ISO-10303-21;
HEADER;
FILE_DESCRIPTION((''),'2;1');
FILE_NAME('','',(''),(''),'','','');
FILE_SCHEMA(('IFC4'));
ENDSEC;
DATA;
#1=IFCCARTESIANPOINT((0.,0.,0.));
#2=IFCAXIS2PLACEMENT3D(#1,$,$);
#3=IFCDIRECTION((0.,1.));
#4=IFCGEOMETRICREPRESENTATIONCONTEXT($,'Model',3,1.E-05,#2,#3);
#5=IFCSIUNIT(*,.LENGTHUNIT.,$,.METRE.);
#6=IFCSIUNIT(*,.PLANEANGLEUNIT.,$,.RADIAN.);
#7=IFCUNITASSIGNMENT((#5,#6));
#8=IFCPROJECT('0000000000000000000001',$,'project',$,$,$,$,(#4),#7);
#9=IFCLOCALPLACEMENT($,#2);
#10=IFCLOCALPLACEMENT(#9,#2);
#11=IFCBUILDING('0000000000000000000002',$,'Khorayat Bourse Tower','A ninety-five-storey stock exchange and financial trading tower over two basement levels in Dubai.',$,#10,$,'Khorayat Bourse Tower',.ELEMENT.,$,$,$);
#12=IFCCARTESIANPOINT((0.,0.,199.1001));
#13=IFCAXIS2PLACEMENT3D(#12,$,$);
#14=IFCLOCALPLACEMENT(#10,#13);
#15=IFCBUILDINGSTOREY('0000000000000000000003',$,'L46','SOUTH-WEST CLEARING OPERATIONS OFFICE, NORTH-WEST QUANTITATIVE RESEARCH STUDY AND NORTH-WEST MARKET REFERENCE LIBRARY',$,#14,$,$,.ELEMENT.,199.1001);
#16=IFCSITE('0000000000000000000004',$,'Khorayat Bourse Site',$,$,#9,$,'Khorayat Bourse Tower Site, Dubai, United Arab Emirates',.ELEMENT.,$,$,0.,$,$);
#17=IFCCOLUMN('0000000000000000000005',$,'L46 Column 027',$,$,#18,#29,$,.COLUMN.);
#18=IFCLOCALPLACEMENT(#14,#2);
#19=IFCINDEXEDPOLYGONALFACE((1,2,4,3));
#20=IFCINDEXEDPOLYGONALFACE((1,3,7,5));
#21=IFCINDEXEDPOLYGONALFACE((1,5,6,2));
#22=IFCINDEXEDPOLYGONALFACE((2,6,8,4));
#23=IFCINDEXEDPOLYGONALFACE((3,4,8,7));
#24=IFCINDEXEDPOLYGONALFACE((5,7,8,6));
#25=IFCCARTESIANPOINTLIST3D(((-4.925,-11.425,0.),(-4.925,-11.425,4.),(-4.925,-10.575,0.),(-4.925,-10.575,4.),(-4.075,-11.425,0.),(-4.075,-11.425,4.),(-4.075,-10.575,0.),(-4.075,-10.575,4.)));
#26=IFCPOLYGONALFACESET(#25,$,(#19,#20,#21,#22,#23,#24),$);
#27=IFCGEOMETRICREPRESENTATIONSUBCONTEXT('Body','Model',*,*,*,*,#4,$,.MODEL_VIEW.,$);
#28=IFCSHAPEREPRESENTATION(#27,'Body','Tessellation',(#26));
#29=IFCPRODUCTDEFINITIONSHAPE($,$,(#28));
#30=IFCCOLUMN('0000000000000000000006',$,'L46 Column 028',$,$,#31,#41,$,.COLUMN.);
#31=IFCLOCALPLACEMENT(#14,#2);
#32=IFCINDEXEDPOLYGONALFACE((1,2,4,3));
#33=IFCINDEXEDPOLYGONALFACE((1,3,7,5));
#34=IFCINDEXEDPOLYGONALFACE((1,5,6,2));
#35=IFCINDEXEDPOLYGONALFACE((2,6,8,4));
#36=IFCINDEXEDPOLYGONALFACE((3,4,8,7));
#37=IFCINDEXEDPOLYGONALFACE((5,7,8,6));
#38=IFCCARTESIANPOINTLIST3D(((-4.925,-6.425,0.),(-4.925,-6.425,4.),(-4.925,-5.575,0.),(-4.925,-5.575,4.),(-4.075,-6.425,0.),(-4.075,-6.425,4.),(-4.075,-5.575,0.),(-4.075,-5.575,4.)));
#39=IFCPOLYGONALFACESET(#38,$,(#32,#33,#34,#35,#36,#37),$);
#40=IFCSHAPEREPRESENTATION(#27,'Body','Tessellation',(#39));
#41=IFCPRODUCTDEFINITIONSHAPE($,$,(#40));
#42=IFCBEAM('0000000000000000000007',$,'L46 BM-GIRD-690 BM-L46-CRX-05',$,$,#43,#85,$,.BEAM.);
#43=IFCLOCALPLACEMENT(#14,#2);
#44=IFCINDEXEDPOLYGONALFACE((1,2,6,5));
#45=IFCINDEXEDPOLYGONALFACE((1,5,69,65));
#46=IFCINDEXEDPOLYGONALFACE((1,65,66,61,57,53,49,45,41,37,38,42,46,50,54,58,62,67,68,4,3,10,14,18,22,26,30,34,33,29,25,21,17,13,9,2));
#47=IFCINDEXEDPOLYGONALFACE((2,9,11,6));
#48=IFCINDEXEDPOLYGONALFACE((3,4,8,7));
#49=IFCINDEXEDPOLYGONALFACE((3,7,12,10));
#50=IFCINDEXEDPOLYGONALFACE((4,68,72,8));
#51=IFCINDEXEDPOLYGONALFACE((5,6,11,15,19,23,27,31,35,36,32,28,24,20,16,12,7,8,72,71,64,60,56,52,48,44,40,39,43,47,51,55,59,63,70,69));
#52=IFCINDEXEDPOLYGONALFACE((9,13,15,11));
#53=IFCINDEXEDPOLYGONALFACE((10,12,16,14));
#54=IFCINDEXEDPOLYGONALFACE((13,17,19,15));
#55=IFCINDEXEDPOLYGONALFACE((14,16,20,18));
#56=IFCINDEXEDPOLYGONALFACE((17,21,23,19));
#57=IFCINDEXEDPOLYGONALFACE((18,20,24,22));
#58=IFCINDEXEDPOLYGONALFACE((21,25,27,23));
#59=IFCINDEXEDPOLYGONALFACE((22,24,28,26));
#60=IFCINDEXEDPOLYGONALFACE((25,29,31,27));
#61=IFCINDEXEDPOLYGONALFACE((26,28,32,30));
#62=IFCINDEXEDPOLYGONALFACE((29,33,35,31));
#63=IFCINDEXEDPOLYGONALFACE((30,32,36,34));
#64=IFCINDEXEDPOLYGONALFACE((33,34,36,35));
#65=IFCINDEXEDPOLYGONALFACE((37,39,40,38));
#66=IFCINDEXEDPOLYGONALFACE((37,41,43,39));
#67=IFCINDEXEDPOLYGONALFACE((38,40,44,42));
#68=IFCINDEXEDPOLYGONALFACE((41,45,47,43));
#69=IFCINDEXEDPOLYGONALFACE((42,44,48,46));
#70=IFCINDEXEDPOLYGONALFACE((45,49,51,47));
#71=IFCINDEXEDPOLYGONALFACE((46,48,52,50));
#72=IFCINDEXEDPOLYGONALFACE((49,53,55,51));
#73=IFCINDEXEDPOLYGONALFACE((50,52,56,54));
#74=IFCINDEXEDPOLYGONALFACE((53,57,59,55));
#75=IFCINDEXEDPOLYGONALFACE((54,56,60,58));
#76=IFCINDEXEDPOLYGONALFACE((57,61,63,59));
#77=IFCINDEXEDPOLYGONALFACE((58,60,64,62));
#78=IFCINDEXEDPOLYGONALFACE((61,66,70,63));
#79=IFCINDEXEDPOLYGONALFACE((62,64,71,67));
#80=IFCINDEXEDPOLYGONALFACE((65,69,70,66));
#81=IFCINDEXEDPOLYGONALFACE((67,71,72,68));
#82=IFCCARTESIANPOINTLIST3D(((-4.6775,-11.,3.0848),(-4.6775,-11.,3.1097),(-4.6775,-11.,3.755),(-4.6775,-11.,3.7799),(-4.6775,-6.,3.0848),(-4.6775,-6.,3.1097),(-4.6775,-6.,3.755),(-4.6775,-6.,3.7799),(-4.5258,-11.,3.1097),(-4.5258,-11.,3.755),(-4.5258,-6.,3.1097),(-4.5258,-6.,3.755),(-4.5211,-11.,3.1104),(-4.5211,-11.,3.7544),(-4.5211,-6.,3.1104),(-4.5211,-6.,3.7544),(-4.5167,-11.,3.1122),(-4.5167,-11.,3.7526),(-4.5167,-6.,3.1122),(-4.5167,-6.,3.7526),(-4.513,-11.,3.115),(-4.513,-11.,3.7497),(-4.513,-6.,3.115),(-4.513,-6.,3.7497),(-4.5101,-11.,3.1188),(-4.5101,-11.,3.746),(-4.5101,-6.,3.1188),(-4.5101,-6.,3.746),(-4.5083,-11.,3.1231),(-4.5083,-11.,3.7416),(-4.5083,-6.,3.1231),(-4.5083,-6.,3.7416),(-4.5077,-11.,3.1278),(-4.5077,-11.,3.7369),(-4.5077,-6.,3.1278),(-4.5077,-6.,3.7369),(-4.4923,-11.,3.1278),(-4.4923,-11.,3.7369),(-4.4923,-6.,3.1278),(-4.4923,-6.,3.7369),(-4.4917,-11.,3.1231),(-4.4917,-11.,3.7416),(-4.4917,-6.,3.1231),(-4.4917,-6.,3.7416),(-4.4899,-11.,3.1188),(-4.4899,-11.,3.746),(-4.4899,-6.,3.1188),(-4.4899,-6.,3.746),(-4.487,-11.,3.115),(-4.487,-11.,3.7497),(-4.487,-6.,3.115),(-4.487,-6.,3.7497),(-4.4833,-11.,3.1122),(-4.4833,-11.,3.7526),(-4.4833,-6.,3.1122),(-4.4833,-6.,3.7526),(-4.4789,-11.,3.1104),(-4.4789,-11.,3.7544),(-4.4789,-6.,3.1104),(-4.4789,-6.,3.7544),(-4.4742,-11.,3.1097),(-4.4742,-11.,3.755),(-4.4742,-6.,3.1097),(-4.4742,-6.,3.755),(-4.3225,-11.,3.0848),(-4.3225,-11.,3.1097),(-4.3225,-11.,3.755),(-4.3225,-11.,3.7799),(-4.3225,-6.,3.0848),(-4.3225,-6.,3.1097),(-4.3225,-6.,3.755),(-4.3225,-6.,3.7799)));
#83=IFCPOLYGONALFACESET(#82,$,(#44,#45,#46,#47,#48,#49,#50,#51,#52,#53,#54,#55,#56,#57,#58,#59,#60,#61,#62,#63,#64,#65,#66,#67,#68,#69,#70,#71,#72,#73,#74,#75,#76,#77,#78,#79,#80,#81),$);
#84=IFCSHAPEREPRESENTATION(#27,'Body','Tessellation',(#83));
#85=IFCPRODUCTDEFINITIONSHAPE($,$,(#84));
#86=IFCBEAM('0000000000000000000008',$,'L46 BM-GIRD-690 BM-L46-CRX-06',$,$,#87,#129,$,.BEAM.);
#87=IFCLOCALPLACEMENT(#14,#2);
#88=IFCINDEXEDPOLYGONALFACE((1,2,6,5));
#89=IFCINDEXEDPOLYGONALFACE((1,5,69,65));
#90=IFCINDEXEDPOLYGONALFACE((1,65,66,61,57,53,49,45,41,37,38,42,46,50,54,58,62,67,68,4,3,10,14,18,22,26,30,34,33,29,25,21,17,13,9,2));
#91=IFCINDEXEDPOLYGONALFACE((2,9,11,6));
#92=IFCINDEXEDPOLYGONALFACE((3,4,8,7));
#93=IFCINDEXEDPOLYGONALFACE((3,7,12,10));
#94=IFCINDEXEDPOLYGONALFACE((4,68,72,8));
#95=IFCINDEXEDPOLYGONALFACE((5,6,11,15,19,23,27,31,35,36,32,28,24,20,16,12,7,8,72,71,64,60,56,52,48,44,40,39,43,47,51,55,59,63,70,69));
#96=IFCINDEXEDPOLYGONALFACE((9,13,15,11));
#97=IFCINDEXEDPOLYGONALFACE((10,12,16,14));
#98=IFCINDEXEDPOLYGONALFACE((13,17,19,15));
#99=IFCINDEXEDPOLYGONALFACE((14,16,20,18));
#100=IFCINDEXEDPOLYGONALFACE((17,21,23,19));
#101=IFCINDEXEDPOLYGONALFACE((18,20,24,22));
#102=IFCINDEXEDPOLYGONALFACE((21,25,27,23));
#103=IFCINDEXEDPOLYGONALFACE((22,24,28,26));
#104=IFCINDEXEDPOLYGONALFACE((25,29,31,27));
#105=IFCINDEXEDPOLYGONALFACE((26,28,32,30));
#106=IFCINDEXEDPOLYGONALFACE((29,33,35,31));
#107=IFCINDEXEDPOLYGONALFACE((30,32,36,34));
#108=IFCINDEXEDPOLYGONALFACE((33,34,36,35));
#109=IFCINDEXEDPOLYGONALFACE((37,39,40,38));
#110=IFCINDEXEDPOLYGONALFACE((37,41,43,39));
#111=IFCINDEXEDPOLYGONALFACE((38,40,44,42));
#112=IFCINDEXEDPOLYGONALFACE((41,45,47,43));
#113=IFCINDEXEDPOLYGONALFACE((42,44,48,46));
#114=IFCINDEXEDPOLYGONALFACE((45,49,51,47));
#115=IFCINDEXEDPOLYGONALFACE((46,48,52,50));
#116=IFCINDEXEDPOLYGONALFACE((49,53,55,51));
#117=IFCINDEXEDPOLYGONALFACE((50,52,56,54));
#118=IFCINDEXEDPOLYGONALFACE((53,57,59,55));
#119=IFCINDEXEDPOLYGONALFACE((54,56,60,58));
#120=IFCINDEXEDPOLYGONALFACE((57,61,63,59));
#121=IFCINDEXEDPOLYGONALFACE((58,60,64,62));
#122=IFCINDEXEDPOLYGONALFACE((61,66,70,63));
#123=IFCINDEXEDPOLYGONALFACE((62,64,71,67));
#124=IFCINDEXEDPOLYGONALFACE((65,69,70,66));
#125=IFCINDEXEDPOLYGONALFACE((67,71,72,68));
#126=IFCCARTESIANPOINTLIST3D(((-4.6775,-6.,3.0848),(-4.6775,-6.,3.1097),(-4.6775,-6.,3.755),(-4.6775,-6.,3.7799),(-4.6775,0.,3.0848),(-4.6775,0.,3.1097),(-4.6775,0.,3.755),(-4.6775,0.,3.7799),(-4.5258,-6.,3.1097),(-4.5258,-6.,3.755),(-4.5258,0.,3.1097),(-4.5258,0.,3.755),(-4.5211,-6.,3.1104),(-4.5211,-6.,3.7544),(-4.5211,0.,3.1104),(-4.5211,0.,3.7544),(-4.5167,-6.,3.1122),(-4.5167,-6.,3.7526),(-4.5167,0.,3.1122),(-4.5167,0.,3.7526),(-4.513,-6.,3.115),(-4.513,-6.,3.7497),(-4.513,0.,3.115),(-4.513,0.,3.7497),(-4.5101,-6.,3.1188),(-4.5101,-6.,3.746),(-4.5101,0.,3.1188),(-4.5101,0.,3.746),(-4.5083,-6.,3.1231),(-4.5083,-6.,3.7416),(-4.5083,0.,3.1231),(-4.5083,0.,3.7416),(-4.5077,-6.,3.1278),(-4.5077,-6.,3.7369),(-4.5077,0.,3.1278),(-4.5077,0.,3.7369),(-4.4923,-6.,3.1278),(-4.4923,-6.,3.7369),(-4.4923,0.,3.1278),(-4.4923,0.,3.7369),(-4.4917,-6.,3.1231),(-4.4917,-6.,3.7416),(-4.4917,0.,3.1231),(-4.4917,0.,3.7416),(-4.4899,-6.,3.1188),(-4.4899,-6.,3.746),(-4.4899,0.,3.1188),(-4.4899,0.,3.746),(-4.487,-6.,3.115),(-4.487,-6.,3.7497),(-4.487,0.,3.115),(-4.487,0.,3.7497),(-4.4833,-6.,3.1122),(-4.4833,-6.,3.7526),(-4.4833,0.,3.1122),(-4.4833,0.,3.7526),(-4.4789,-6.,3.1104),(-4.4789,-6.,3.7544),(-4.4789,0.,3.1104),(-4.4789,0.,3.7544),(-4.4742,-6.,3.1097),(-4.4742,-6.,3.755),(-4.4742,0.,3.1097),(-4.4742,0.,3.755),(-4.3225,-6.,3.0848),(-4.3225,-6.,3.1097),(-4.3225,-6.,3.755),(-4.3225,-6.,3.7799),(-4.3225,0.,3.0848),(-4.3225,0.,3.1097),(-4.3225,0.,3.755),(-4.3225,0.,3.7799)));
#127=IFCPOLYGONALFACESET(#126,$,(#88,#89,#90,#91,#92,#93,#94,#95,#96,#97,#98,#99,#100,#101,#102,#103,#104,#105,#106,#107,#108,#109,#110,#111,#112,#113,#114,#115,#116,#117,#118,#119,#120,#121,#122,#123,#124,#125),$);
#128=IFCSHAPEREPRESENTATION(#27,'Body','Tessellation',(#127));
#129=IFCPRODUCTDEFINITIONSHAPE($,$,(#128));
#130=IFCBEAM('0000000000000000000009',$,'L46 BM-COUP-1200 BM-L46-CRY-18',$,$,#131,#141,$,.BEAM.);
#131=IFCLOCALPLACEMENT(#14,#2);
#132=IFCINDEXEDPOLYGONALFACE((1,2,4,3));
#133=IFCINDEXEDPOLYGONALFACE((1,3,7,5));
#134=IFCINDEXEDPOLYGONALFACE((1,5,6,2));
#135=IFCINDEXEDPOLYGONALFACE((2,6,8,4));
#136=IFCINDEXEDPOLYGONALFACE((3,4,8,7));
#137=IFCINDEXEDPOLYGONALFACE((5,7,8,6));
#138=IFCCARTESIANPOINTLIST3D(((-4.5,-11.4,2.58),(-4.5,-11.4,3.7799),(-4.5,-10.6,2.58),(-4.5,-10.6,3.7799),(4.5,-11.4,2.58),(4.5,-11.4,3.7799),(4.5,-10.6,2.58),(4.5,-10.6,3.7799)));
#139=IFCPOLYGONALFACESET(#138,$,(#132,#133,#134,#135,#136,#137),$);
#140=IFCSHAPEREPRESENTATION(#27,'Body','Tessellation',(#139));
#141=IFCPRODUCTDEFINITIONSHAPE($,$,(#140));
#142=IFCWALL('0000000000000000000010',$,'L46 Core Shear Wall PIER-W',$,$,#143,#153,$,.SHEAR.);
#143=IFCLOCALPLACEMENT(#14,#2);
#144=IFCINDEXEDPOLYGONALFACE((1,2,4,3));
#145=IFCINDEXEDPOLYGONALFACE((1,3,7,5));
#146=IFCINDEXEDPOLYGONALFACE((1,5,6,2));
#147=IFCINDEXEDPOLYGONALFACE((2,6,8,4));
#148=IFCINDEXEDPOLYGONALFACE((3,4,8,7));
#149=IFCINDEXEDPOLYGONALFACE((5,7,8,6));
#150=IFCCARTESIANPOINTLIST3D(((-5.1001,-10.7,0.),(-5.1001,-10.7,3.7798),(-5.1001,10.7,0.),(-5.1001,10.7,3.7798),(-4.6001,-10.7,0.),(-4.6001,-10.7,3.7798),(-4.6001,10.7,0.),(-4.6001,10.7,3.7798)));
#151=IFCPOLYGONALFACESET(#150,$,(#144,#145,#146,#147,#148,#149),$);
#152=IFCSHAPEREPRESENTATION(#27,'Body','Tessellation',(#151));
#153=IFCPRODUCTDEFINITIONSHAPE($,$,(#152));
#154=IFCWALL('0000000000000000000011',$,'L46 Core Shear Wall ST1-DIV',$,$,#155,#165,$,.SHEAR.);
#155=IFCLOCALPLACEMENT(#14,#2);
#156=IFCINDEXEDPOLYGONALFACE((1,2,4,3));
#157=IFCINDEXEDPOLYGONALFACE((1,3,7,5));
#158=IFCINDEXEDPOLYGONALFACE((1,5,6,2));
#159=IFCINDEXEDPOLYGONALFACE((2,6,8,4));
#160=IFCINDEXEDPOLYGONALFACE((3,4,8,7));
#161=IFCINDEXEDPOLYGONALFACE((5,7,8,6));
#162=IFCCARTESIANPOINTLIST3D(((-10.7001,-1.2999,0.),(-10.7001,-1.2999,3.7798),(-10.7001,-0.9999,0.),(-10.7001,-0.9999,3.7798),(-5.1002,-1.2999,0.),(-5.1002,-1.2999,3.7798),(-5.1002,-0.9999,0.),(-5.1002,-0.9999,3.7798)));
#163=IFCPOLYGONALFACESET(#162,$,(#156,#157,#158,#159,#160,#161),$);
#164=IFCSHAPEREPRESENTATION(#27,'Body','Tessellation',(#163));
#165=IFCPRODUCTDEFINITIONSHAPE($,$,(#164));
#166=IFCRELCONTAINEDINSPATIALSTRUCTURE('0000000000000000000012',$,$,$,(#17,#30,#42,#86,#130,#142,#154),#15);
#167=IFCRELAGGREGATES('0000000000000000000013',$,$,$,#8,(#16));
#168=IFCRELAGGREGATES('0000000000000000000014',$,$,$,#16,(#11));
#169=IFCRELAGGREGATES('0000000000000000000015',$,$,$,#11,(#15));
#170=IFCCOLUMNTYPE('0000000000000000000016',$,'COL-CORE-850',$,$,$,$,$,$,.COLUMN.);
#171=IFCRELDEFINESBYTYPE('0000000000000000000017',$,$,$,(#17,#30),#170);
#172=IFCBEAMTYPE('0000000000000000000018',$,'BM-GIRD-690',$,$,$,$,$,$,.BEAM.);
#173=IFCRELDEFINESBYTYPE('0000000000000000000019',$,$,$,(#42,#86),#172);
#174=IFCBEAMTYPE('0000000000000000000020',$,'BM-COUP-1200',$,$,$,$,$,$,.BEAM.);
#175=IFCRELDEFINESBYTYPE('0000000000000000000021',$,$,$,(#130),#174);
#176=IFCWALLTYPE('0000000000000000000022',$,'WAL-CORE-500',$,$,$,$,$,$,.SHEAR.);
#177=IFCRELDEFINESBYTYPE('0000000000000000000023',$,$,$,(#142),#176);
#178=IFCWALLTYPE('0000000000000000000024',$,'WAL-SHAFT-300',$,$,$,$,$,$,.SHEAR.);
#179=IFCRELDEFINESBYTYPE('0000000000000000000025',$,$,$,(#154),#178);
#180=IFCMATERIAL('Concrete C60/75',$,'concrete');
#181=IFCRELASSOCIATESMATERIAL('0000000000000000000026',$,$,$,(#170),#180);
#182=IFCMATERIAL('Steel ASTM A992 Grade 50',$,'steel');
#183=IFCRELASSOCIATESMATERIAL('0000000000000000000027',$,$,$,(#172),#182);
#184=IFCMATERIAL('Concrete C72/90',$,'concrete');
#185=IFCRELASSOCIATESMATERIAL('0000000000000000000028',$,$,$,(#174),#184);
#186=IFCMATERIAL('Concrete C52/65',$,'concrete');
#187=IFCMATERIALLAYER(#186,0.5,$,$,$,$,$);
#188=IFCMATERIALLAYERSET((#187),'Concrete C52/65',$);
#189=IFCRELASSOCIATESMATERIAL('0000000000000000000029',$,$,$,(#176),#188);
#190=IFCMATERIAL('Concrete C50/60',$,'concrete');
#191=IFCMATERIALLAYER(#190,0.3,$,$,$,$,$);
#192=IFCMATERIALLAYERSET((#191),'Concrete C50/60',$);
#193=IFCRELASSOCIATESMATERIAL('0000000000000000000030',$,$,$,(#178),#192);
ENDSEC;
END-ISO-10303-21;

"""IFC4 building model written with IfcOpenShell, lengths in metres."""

from ifc_helpers import new_model, si_unit, direction, frame, frame_2d, origin, origin_2d, place, context, subcontext, project, spatial, rectangle, i_section, extrude, source, transform, mapped, material, layer, layer_set, material_profile, profile_set, type_object, element, save


model = new_model("IFC4")

# Units and contexts
model_context = context("Model", 3, precision=1e-05, world=origin(), true_north=direction((0.0, 1.0)))
body_context = subcontext(model_context, "Body", "Model", "MODEL_VIEW")
ifc_project = project(units=[si_unit("LENGTHUNIT", "METRE"), si_unit("PLANEANGLEUNIT", "RADIAN")], contexts=[model_context])

# Site, building, storey
site_placement = place(None, origin())
site = spatial("IfcSite", under=ifc_project, at=site_placement, Name="Khorayat Bourse Site", LongName="Khorayat Bourse Tower Site, Dubai, United Arab Emirates", CompositionType="ELEMENT", RefElevation=0.0)
building_placement = place(site_placement, origin())
building = spatial("IfcBuilding", under=site, at=building_placement, Name="Khorayat Bourse Tower", Description="A ninety-five-storey stock exchange and financial trading tower over two basement levels in Dubai.", LongName="Khorayat Bourse Tower", CompositionType="ELEMENT")
storey_placement = place(building_placement, frame((0.0, 0.0, 199.1001)))
storey = spatial("IfcBuildingStorey", under=building, at=storey_placement, Name="L46", Description="SOUTH-WEST CLEARING OPERATIONS OFFICE, NORTH-WEST QUANTITATIVE RESEARCH STUDY AND NORTH-WEST MARKET REFERENCE LIBRARY", CompositionType="ELEMENT", Elevation=199.1001)

# Columns
ifc_material_1 = material(Name="Concrete C60/75", Category="concrete")
ifc_material_profile_1 = material_profile(ifc_material_1, rectangle(XDim=0.8501, YDim=0.8501, at=origin_2d()), Name="RC 850x850")
ifc_profile_set_1 = profile_set([ifc_material_profile_1], Name="Concrete C60/75")
column_type = type_object("IfcColumnType", Name="COL-CORE-850", PredefinedType="COLUMN", material=ifc_profile_set_1)
shared_shape_1 = source(origin(), body_context, "Body", "SweptSolid", [
    extrude(rectangle(XDim=0.8501, YDim=0.8501, at=origin_2d()), origin(), (0.0, 0.0, 1.0), 4.0),
])
for number, where, z_axis, x_axis, name in (
    (1, (-4.5, -11.0, 0.0), (0.0, 0.0, 1.0), (1.0, 0.0, 0.0), "L46 Column 027"),
    (2, (-4.5, -6.0, 0.0), (0.0, 0.0, 1.0), (1.0, 0.0, 0.0), "L46 Column 028"),
):
    element("IfcColumn", number, at=place(storey_placement, frame(where, z_axis=z_axis, x_axis=x_axis)), inside=storey, type_object=column_type, Name=name, PredefinedType="COLUMN", context=body_context, shape_type="MappedRepresentation", body=[
        mapped(shared_shape_1, transform((0.0, 0.0, 0.0), scale=1.0)),
    ])

# Beams
ifc_material_2 = material(Name="Steel ASTM A992 Grade 50", Category="steel")
ifc_material_profile_2 = material_profile(ifc_material_2, i_section(OverallWidth=0.355, OverallDepth=0.6951, WebThickness=0.0154, FlangeThickness=0.0249, FilletRadius=0.0181, at=origin_2d()), Name="W690X217")
ifc_profile_set_2 = profile_set([ifc_material_profile_2], Name="Steel ASTM A992 Grade 50")
beam_type_1 = type_object("IfcBeamType", Name="BM-GIRD-690", PredefinedType="BEAM", material=ifc_profile_set_2)
shared_shape_2 = source(origin(), body_context, "Body", "SweptSolid", [
    extrude(i_section(OverallWidth=0.355, OverallDepth=0.6951, WebThickness=0.0154, FlangeThickness=0.0249, FilletRadius=0.0181, at=origin_2d()), origin(), (0.0, 0.0, 1.0), 5.0),
])
beam_1_placement = place(storey_placement, frame((-4.5, -11.0, 3.4324), z_axis=(0.0, 1.0, 0.0), x_axis=(-1.0, 0.0, 0.0)))
element("IfcBeam", 3, at=beam_1_placement, inside=storey, type_object=beam_type_1, Name="L46 BM-GIRD-690 BM-L46-CRX-05", PredefinedType="BEAM", context=body_context, shape_type="MappedRepresentation", body=[
    mapped(shared_shape_2, transform((0.0, 0.0, 0.0), scale=1.0)),
])
shared_shape_3 = source(origin(), body_context, "Body", "SweptSolid", [
    extrude(i_section(OverallWidth=0.355, OverallDepth=0.6951, WebThickness=0.0154, FlangeThickness=0.0249, FilletRadius=0.0181, at=origin_2d()), origin(), (0.0, 0.0, 1.0), 6.0),
])
beam_2_placement = place(storey_placement, frame((-4.5, -6.0, 3.4324), z_axis=(0.0, 1.0, 0.0), x_axis=(-1.0, 0.0, 0.0)))
element("IfcBeam", 4, at=beam_2_placement, inside=storey, type_object=beam_type_1, Name="L46 BM-GIRD-690 BM-L46-CRX-06", PredefinedType="BEAM", context=body_context, shape_type="MappedRepresentation", body=[
    mapped(shared_shape_3, transform((0.0, 0.0, 0.0), scale=1.0)),
])
ifc_material_3 = material(Name="Concrete C72/90", Category="concrete")
ifc_material_profile_3 = material_profile(ifc_material_3, rectangle(XDim=0.8, YDim=1.2, at=origin_2d()), Name="RC 800x1200")
ifc_profile_set_3 = profile_set([ifc_material_profile_3], Name="Concrete C72/90")
beam_type_2 = type_object("IfcBeamType", Name="BM-COUP-1200", PredefinedType="BEAM", material=ifc_profile_set_3)
shared_shape_4 = source(origin(), body_context, "Body", "SweptSolid", [
    extrude(rectangle(XDim=0.8, YDim=1.2, at=origin_2d()), origin(), (0.0, 0.0, 1.0), 9.0),
])
beam_3_placement = place(storey_placement, frame((-4.5, -11.0, 3.1799), z_axis=(1.0, 0.0, 0.0), x_axis=(0.0, 1.0, 0.0)))
element("IfcBeam", 5, at=beam_3_placement, inside=storey, type_object=beam_type_2, Name="L46 BM-COUP-1200 BM-L46-CRY-18", PredefinedType="BEAM", context=body_context, shape_type="MappedRepresentation", body=[
    mapped(shared_shape_4, transform((0.0, 0.0, 0.0), scale=1.0)),
])

# Walls
ifc_material_4 = material(Name="Concrete C52/65", Category="concrete")
ifc_layer_1 = layer(ifc_material_4, 0.5)
ifc_layer_set_1 = layer_set([ifc_layer_1], Name="Concrete C52/65")
wall_type_1 = type_object("IfcWallType", Name="WAL-CORE-500", PredefinedType="SHEAR", material=ifc_layer_set_1)
shared_shape_5 = source(origin(), body_context, "Body", "SweptSolid", [
    extrude(rectangle(XDim=21.3999, YDim=0.5, at=frame_2d((10.7, 0.0))), origin(), (0.0, 0.0, 1.0), 3.7798),
])
wall_1_placement = place(storey_placement, frame((-4.8501, -10.7, 0.0), z_axis=(0.0, 0.0, 1.0), x_axis=(0.0, 1.0, 0.0)))
element("IfcWall", 6, at=wall_1_placement, inside=storey, type_object=wall_type_1, Name="L46 Core Shear Wall PIER-W", PredefinedType="SHEAR", context=body_context, shape_type="MappedRepresentation", body=[
    mapped(shared_shape_5, transform((0.0, 0.0, 0.0), scale=1.0)),
])
ifc_material_5 = material(Name="Concrete C50/60", Category="concrete")
ifc_layer_2 = layer(ifc_material_5, 0.3)
ifc_layer_set_2 = layer_set([ifc_layer_2], Name="Concrete C50/60")
wall_type_2 = type_object("IfcWallType", Name="WAL-SHAFT-300", PredefinedType="SHEAR", material=ifc_layer_set_2)
shared_shape_6 = source(origin(), body_context, "Body", "SweptSolid", [
    extrude(rectangle(XDim=5.5999, YDim=0.3, at=frame_2d((2.7998, 0.0))), origin(), (0.0, 0.0, 1.0), 3.7798),
])
wall_2_placement = place(storey_placement, frame((-10.7, -1.1499, 0.0), z_axis=(0.0, 0.0, 1.0), x_axis=(1.0, 0.0, 0.0)))
element("IfcWall", 7, at=wall_2_placement, inside=storey, type_object=wall_type_2, Name="L46 Core Shear Wall ST1-DIV", PredefinedType="SHEAR", context=body_context, shape_type="MappedRepresentation", body=[
    mapped(shared_shape_6, transform((0.0, 0.0, 0.0), scale=1.0)),
])

save(model, "model.ifc")
